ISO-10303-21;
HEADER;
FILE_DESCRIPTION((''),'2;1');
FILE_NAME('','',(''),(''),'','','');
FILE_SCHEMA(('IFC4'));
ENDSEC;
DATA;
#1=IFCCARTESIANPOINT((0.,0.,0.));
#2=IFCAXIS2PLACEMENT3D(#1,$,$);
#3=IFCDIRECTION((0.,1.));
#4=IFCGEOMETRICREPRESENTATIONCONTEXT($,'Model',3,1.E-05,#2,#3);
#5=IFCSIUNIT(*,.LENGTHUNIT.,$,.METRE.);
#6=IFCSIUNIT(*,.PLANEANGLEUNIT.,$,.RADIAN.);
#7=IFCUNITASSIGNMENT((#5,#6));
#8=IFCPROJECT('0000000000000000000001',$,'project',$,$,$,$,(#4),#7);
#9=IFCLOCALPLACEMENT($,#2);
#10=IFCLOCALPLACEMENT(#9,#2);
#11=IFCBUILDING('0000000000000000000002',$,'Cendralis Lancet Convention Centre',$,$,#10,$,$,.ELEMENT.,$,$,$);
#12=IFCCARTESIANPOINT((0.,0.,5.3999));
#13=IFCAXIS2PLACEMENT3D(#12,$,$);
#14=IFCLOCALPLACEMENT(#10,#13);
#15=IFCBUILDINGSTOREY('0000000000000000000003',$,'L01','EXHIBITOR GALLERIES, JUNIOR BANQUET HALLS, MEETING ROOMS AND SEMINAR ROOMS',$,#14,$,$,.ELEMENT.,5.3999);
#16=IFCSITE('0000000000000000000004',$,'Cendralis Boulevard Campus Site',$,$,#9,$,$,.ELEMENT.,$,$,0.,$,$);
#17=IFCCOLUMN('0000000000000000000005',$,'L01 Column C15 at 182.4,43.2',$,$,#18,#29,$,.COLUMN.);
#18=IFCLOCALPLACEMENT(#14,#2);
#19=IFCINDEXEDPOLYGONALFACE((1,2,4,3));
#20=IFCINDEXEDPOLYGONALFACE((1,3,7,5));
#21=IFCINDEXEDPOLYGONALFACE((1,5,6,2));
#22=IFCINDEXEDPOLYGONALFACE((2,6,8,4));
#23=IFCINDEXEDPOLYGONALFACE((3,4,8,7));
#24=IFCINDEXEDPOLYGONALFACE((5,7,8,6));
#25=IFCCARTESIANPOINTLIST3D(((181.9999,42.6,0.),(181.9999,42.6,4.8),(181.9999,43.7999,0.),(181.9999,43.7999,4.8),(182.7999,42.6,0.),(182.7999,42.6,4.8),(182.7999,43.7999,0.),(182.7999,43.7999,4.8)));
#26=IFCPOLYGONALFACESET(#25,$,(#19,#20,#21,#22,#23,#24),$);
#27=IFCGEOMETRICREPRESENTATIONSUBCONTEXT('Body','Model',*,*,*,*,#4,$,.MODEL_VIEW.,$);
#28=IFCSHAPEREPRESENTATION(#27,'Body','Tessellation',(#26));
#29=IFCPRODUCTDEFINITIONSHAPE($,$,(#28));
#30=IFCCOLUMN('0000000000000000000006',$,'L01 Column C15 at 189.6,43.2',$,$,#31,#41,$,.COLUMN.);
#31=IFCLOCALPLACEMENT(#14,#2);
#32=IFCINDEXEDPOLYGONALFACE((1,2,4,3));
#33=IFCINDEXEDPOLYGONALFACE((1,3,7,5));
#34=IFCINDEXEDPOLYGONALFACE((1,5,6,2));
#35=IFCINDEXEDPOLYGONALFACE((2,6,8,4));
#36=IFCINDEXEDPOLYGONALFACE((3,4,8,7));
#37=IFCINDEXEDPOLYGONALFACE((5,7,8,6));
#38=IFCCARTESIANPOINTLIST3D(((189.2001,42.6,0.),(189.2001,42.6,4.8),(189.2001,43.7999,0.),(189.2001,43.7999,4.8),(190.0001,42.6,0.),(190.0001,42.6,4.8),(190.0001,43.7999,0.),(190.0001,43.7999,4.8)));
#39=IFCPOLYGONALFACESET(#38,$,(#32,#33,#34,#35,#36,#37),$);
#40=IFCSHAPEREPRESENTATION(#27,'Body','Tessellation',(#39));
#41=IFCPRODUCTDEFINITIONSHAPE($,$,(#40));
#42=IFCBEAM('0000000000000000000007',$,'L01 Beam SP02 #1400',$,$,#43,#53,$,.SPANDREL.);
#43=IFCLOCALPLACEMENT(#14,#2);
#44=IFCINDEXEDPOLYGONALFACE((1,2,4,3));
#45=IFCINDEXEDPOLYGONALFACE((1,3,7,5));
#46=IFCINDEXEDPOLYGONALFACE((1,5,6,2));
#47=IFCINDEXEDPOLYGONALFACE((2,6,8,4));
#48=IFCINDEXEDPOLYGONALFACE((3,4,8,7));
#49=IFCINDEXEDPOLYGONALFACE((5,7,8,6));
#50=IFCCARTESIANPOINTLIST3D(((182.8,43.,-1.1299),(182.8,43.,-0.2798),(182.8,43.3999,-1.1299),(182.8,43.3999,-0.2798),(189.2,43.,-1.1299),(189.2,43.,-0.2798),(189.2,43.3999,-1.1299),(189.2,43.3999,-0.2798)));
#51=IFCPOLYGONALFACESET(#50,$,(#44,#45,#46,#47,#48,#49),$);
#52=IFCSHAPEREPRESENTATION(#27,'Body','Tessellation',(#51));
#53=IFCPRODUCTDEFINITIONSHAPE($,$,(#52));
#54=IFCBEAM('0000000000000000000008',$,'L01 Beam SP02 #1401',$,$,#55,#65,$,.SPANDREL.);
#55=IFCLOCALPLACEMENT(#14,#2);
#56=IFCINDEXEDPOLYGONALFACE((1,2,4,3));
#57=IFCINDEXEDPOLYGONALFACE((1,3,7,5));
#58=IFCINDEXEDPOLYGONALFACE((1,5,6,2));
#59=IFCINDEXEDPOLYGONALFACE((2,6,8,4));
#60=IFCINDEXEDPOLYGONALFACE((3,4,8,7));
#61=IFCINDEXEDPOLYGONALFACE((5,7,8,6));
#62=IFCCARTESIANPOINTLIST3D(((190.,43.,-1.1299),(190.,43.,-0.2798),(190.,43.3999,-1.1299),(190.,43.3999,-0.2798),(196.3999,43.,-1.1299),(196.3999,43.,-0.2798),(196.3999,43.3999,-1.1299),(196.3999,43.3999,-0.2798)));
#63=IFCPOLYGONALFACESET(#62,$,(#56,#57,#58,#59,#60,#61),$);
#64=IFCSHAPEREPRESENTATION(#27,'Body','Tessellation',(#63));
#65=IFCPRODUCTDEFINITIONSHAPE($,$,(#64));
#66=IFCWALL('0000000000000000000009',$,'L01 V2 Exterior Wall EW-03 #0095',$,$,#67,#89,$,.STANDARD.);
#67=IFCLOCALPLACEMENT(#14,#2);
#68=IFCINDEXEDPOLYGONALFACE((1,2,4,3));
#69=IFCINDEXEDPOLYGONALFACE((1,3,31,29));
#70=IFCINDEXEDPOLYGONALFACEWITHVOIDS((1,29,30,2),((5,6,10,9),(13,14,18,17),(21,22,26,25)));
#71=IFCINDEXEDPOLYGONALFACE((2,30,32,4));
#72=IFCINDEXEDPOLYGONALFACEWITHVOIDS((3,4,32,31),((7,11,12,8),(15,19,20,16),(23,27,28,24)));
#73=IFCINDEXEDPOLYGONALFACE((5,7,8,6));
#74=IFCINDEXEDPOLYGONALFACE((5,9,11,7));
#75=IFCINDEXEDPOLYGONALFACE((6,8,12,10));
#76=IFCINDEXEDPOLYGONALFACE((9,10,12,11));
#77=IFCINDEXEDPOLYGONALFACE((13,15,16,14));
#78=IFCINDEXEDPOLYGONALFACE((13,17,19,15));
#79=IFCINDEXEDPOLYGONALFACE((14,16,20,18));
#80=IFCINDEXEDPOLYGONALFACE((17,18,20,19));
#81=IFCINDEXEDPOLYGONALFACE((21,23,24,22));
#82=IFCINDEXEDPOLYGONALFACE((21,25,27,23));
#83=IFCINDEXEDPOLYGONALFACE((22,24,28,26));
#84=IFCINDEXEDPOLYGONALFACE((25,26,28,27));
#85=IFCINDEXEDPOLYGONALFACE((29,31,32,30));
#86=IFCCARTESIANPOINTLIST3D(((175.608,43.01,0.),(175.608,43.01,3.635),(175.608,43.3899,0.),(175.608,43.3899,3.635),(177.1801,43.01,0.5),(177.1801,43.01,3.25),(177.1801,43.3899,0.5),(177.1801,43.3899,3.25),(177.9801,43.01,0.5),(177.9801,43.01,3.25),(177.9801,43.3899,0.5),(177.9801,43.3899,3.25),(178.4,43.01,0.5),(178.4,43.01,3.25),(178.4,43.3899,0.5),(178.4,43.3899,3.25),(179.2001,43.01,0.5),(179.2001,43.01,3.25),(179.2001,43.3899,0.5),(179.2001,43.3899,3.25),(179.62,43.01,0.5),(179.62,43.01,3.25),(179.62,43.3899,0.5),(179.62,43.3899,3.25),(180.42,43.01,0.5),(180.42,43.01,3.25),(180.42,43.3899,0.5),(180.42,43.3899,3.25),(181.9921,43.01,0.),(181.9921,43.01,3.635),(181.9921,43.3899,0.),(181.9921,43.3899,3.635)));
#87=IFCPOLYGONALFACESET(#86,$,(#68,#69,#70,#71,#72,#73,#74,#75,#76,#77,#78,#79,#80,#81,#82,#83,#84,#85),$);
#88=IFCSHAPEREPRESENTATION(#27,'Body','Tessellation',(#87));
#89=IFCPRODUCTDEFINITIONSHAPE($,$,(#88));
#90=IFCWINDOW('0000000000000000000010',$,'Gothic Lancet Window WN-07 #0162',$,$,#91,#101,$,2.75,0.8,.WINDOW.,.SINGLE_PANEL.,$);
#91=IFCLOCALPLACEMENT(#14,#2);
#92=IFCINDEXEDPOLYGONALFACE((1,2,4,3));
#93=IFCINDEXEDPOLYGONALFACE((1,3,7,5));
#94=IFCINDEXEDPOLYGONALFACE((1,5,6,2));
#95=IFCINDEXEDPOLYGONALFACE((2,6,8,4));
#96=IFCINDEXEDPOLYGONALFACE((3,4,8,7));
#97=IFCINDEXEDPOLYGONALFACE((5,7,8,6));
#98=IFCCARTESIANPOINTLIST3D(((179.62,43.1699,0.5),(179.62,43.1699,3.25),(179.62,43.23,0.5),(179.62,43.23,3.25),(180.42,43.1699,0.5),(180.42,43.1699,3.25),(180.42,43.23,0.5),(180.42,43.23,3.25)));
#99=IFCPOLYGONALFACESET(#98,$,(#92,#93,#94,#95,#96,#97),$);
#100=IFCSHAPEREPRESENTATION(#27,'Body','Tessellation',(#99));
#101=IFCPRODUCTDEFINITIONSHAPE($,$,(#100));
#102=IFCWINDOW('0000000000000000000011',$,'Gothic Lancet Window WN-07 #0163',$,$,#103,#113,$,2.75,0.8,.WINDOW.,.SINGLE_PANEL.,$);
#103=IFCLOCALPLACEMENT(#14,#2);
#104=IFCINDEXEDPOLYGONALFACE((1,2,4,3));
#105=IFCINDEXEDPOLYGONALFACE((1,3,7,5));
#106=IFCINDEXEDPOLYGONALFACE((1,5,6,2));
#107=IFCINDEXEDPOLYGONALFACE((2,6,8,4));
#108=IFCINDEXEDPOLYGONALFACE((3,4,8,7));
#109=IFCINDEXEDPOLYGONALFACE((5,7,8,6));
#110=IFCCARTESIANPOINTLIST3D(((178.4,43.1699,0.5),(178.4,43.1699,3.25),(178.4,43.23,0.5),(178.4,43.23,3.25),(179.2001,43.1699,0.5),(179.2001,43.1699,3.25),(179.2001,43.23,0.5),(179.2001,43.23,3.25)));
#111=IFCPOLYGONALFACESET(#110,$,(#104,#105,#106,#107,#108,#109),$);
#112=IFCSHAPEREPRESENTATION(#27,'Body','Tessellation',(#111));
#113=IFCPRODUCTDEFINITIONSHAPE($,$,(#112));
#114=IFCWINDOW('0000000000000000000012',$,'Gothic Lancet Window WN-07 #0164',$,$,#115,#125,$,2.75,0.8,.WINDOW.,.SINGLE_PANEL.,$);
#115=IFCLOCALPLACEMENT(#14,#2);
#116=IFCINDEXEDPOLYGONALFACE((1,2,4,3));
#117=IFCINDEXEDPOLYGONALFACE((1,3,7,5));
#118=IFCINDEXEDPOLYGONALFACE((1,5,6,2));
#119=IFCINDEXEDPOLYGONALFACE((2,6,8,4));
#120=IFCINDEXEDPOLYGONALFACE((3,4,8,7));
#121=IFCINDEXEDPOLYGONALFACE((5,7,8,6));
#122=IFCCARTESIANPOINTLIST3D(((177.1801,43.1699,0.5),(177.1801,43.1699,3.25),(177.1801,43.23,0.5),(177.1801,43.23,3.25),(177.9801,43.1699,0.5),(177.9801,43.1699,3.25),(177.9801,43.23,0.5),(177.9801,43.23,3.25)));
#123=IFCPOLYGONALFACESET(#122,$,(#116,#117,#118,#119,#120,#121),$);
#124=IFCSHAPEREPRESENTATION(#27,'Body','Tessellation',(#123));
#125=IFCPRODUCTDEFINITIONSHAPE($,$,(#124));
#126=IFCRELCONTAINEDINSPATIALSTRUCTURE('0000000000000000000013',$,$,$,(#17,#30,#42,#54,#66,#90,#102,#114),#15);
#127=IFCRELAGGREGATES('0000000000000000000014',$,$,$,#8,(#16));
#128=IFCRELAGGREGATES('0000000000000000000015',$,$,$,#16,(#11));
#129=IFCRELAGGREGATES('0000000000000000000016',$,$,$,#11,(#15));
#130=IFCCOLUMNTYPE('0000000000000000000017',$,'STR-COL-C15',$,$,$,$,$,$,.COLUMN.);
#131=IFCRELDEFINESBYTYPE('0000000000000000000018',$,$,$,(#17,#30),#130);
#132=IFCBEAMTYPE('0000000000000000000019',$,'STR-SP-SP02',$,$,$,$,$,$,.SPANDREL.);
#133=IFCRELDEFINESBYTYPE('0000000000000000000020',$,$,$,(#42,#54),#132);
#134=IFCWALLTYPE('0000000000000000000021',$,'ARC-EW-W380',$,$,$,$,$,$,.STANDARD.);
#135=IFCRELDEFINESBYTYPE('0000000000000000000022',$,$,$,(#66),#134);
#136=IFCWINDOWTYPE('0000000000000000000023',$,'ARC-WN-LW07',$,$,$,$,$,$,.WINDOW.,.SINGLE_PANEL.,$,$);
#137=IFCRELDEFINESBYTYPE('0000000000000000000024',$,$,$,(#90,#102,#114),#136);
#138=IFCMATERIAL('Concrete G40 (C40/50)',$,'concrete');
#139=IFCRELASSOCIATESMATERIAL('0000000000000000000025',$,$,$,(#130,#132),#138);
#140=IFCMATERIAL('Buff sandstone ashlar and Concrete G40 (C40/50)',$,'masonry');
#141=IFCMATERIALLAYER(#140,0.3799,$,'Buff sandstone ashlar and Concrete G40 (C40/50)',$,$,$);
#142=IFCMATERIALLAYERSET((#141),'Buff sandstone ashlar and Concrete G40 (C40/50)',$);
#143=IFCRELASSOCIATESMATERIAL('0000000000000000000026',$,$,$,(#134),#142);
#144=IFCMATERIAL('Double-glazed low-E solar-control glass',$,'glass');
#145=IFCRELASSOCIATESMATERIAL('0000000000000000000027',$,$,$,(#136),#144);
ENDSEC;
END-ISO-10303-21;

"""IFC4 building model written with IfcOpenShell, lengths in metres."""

from ifc_helpers import new_model, si_unit, direction, frame, frame_2d, origin, origin_2d, place, context, subcontext, project, spatial, rectangle, extrude, material, layer, layer_set, material_profile, profile_set, type_object, element, fill, save


model = new_model("IFC4")

# Units and contexts
model_context = context("Model", 3, precision=1e-05, world=origin(), true_north=direction((0.0, 1.0)))
body_context = subcontext(model_context, "Body", "Model", "MODEL_VIEW")
ifc_project = project(units=[si_unit("LENGTHUNIT", "METRE"), si_unit("PLANEANGLEUNIT", "RADIAN")], contexts=[model_context])

# Site, building, storey
site_placement = place(None, origin())
site = spatial("IfcSite", under=ifc_project, at=site_placement, Name="Cendralis Boulevard Campus Site", CompositionType="ELEMENT", RefElevation=0.0)
building_placement = place(site_placement, origin())
building = spatial("IfcBuilding", under=site, at=building_placement, Name="Cendralis Lancet Convention Centre", CompositionType="ELEMENT")
storey_placement = place(building_placement, frame((0.0, 0.0, 5.3999)))
storey = spatial("IfcBuildingStorey", under=building, at=storey_placement, Name="L01", Description="EXHIBITOR GALLERIES, JUNIOR BANQUET HALLS, MEETING ROOMS AND SEMINAR ROOMS", CompositionType="ELEMENT", Elevation=5.3999)

# Columns
ifc_material_1 = material(Name="Concrete G40 (C40/50)", Category="concrete")
ifc_material_profile_1 = material_profile(ifc_material_1, rectangle(XDim=0.8, YDim=1.2, at=origin_2d()), Name="RC 800x1200")
ifc_profile_set_1 = profile_set([ifc_material_profile_1], Name="Concrete G40 (C40/50)")
column_type = type_object("IfcColumnType", Name="STR-COL-C15", PredefinedType="COLUMN", material=ifc_profile_set_1)
for number, where, z_axis, x_axis, name in (
    (1, (182.3999, 43.2, 0.0), (0.0, 0.0, 1.0), (1.0, 0.0, 0.0), "L01 Column C15 at 182.4,43.2"),
    (2, (189.6001, 43.2, 0.0), (0.0, 0.0, 1.0), (1.0, 0.0, 0.0), "L01 Column C15 at 189.6,43.2"),
):
    element("IfcColumn", number, at=place(storey_placement, frame(where, z_axis=z_axis, x_axis=x_axis)), inside=storey, type_object=column_type, Name=name, PredefinedType="COLUMN", context=body_context, shape_type="SweptSolid", body=[
        extrude(rectangle(XDim=0.8, YDim=1.2, at=origin_2d()), origin(), (0.0, 0.0, 1.0), 4.8),
    ])

# Beams
ifc_material_profile_2 = material_profile(ifc_material_1, rectangle(XDim=0.3999, YDim=0.8501, at=origin_2d()), Name="RCB 400x850")
ifc_profile_set_2 = profile_set([ifc_material_profile_2], Name="Concrete G40 (C40/50)")
beam_type = type_object("IfcBeamType", Name="STR-SP-SP02", PredefinedType="SPANDREL", material=ifc_profile_set_2)
for number, where, z_axis, x_axis, name in (
    (3, (182.8, 43.2, -0.7048), (1.0, 0.0, 0.0), (0.0, 1.0, 0.0), "L01 Beam SP02 #1400"),
    (4, (190.0, 43.2, -0.7048), (1.0, 0.0, 0.0), (0.0, 1.0, 0.0), "L01 Beam SP02 #1401"),
):
    element("IfcBeam", number, at=place(storey_placement, frame(where, z_axis=z_axis, x_axis=x_axis)), inside=storey, type_object=beam_type, Name=name, PredefinedType="SPANDREL", context=body_context, shape_type="SweptSolid", body=[
        extrude(rectangle(XDim=0.3999, YDim=0.8501, at=origin_2d()), origin(), (0.0, 0.0, 1.0), 6.3999),
    ])

# Wall, openings, windows
ifc_material_2 = material(Name="Buff sandstone ashlar and Concrete G40 (C40/50)", Category="masonry")
ifc_layer_1 = layer(ifc_material_2, 0.3799, Name="Buff sandstone ashlar and Concrete G40 (C40/50)")
ifc_layer_set_1 = layer_set([ifc_layer_1], Name="Buff sandstone ashlar and Concrete G40 (C40/50)")
wall_type_1 = type_object("IfcWallType", Name="ARC-EW-W380", PredefinedType="STANDARD", material=ifc_layer_set_1)
wall_1_placement = place(storey_placement, frame((181.9919, 43.2, 0.0), z_axis=(0.0, 0.0, 1.0), x_axis=(-1.0, 0.0, 0.0)))
wall_1 = element("IfcWall", 5, at=wall_1_placement, inside=storey, type_object=wall_type_1, Name="L01 V2 Exterior Wall EW-03 #0095", PredefinedType="STANDARD", context=body_context, shape_type="SweptSolid", body=[
    extrude(rectangle(XDim=6.384, YDim=0.3799, at=frame_2d((3.1919, 0.0))), origin(), (0.0, 0.0, 1.0), 3.635),
])
opening_1_placement = place(wall_1_placement, frame((1.572, 0.0, 0.5)))
opening_1 = element("IfcOpeningElement", 6, at=opening_1_placement, cuts=wall_1, PredefinedType="OPENING", context=body_context, shape_type="SweptSolid", body=[
    extrude(rectangle(XDim=0.8, YDim=2.75, at=frame_2d((0.3999, 1.375))), frame((0.0, 0.2, 0.0), z_axis=(0.0, -1.0, 0.0), x_axis=(1.0, 0.0, 0.0)), (0.0, 0.0, 1.0), 0.3999),
])
opening_2_placement = place(wall_1_placement, frame((2.792, 0.0, 0.5)))
opening_2 = element("IfcOpeningElement", 7, at=opening_2_placement, cuts=wall_1, PredefinedType="OPENING", context=body_context, shape_type="SweptSolid", body=[
    extrude(rectangle(XDim=0.8, YDim=2.75, at=frame_2d((0.3999, 1.375))), frame((0.0, 0.2, 0.0), z_axis=(0.0, -1.0, 0.0), x_axis=(1.0, 0.0, 0.0)), (0.0, 0.0, 1.0), 0.3999),
])
opening_3_placement = place(wall_1_placement, frame((4.012, 0.0, 0.5)))
opening_3 = element("IfcOpeningElement", 8, at=opening_3_placement, cuts=wall_1, PredefinedType="OPENING", context=body_context, shape_type="SweptSolid", body=[
    extrude(rectangle(XDim=0.8, YDim=2.75, at=frame_2d((0.3999, 1.375))), frame((0.0, 0.2, 0.0), z_axis=(0.0, -1.0, 0.0), x_axis=(1.0, 0.0, 0.0)), (0.0, 0.0, 1.0), 0.3999),
])
ifc_material_3 = material(Name="Double-glazed low-E solar-control glass", Category="glass")
window_type = type_object("IfcWindowType", Name="ARC-WN-LW07", PartitioningType="SINGLE_PANEL", PredefinedType="WINDOW", material=ifc_material_3)
window_1_placement = place(opening_1_placement, origin())
window_1 = element("IfcWindow", 9, at=window_1_placement, inside=storey, type_object=window_type, Name="Gothic Lancet Window WN-07 #0162", OverallHeight=2.75, OverallWidth=0.8, PartitioningType="SINGLE_PANEL", PredefinedType="WINDOW", context=body_context, shape_type="SweptSolid", body=[
    extrude(rectangle(XDim=0.8, YDim=2.75, at=frame_2d((0.3999, 1.375))), frame((0.0, 0.03, 0.0), z_axis=(0.0, -1.0, 0.0), x_axis=(1.0, 0.0, 0.0)), (0.0, 0.0, 1.0), 0.0601),
])
fill(opening_1, window_1)
window_2_placement = place(opening_2_placement, origin())
window_2 = element("IfcWindow", 10, at=window_2_placement, inside=storey, type_object=window_type, Name="Gothic Lancet Window WN-07 #0163", OverallHeight=2.75, OverallWidth=0.8, PartitioningType="SINGLE_PANEL", PredefinedType="WINDOW", context=body_context, shape_type="SweptSolid", body=[
    extrude(rectangle(XDim=0.8, YDim=2.75, at=frame_2d((0.3999, 1.375))), frame((0.0, 0.03, 0.0), z_axis=(0.0, -1.0, 0.0), x_axis=(1.0, 0.0, 0.0)), (0.0, 0.0, 1.0), 0.0601),
])
fill(opening_2, window_2)
window_3_placement = place(opening_3_placement, origin())
window_3 = element("IfcWindow", 11, at=window_3_placement, inside=storey, type_object=window_type, Name="Gothic Lancet Window WN-07 #0164", OverallHeight=2.75, OverallWidth=0.8, PartitioningType="SINGLE_PANEL", PredefinedType="WINDOW", context=body_context, shape_type="SweptSolid", body=[
    extrude(rectangle(XDim=0.8, YDim=2.75, at=frame_2d((0.3999, 1.375))), frame((0.0, 0.03, 0.0), z_axis=(0.0, -1.0, 0.0), x_axis=(1.0, 0.0, 0.0)), (0.0, 0.0, 1.0), 0.0601),
])
fill(opening_3, window_3)

save(model, "model.ifc")
